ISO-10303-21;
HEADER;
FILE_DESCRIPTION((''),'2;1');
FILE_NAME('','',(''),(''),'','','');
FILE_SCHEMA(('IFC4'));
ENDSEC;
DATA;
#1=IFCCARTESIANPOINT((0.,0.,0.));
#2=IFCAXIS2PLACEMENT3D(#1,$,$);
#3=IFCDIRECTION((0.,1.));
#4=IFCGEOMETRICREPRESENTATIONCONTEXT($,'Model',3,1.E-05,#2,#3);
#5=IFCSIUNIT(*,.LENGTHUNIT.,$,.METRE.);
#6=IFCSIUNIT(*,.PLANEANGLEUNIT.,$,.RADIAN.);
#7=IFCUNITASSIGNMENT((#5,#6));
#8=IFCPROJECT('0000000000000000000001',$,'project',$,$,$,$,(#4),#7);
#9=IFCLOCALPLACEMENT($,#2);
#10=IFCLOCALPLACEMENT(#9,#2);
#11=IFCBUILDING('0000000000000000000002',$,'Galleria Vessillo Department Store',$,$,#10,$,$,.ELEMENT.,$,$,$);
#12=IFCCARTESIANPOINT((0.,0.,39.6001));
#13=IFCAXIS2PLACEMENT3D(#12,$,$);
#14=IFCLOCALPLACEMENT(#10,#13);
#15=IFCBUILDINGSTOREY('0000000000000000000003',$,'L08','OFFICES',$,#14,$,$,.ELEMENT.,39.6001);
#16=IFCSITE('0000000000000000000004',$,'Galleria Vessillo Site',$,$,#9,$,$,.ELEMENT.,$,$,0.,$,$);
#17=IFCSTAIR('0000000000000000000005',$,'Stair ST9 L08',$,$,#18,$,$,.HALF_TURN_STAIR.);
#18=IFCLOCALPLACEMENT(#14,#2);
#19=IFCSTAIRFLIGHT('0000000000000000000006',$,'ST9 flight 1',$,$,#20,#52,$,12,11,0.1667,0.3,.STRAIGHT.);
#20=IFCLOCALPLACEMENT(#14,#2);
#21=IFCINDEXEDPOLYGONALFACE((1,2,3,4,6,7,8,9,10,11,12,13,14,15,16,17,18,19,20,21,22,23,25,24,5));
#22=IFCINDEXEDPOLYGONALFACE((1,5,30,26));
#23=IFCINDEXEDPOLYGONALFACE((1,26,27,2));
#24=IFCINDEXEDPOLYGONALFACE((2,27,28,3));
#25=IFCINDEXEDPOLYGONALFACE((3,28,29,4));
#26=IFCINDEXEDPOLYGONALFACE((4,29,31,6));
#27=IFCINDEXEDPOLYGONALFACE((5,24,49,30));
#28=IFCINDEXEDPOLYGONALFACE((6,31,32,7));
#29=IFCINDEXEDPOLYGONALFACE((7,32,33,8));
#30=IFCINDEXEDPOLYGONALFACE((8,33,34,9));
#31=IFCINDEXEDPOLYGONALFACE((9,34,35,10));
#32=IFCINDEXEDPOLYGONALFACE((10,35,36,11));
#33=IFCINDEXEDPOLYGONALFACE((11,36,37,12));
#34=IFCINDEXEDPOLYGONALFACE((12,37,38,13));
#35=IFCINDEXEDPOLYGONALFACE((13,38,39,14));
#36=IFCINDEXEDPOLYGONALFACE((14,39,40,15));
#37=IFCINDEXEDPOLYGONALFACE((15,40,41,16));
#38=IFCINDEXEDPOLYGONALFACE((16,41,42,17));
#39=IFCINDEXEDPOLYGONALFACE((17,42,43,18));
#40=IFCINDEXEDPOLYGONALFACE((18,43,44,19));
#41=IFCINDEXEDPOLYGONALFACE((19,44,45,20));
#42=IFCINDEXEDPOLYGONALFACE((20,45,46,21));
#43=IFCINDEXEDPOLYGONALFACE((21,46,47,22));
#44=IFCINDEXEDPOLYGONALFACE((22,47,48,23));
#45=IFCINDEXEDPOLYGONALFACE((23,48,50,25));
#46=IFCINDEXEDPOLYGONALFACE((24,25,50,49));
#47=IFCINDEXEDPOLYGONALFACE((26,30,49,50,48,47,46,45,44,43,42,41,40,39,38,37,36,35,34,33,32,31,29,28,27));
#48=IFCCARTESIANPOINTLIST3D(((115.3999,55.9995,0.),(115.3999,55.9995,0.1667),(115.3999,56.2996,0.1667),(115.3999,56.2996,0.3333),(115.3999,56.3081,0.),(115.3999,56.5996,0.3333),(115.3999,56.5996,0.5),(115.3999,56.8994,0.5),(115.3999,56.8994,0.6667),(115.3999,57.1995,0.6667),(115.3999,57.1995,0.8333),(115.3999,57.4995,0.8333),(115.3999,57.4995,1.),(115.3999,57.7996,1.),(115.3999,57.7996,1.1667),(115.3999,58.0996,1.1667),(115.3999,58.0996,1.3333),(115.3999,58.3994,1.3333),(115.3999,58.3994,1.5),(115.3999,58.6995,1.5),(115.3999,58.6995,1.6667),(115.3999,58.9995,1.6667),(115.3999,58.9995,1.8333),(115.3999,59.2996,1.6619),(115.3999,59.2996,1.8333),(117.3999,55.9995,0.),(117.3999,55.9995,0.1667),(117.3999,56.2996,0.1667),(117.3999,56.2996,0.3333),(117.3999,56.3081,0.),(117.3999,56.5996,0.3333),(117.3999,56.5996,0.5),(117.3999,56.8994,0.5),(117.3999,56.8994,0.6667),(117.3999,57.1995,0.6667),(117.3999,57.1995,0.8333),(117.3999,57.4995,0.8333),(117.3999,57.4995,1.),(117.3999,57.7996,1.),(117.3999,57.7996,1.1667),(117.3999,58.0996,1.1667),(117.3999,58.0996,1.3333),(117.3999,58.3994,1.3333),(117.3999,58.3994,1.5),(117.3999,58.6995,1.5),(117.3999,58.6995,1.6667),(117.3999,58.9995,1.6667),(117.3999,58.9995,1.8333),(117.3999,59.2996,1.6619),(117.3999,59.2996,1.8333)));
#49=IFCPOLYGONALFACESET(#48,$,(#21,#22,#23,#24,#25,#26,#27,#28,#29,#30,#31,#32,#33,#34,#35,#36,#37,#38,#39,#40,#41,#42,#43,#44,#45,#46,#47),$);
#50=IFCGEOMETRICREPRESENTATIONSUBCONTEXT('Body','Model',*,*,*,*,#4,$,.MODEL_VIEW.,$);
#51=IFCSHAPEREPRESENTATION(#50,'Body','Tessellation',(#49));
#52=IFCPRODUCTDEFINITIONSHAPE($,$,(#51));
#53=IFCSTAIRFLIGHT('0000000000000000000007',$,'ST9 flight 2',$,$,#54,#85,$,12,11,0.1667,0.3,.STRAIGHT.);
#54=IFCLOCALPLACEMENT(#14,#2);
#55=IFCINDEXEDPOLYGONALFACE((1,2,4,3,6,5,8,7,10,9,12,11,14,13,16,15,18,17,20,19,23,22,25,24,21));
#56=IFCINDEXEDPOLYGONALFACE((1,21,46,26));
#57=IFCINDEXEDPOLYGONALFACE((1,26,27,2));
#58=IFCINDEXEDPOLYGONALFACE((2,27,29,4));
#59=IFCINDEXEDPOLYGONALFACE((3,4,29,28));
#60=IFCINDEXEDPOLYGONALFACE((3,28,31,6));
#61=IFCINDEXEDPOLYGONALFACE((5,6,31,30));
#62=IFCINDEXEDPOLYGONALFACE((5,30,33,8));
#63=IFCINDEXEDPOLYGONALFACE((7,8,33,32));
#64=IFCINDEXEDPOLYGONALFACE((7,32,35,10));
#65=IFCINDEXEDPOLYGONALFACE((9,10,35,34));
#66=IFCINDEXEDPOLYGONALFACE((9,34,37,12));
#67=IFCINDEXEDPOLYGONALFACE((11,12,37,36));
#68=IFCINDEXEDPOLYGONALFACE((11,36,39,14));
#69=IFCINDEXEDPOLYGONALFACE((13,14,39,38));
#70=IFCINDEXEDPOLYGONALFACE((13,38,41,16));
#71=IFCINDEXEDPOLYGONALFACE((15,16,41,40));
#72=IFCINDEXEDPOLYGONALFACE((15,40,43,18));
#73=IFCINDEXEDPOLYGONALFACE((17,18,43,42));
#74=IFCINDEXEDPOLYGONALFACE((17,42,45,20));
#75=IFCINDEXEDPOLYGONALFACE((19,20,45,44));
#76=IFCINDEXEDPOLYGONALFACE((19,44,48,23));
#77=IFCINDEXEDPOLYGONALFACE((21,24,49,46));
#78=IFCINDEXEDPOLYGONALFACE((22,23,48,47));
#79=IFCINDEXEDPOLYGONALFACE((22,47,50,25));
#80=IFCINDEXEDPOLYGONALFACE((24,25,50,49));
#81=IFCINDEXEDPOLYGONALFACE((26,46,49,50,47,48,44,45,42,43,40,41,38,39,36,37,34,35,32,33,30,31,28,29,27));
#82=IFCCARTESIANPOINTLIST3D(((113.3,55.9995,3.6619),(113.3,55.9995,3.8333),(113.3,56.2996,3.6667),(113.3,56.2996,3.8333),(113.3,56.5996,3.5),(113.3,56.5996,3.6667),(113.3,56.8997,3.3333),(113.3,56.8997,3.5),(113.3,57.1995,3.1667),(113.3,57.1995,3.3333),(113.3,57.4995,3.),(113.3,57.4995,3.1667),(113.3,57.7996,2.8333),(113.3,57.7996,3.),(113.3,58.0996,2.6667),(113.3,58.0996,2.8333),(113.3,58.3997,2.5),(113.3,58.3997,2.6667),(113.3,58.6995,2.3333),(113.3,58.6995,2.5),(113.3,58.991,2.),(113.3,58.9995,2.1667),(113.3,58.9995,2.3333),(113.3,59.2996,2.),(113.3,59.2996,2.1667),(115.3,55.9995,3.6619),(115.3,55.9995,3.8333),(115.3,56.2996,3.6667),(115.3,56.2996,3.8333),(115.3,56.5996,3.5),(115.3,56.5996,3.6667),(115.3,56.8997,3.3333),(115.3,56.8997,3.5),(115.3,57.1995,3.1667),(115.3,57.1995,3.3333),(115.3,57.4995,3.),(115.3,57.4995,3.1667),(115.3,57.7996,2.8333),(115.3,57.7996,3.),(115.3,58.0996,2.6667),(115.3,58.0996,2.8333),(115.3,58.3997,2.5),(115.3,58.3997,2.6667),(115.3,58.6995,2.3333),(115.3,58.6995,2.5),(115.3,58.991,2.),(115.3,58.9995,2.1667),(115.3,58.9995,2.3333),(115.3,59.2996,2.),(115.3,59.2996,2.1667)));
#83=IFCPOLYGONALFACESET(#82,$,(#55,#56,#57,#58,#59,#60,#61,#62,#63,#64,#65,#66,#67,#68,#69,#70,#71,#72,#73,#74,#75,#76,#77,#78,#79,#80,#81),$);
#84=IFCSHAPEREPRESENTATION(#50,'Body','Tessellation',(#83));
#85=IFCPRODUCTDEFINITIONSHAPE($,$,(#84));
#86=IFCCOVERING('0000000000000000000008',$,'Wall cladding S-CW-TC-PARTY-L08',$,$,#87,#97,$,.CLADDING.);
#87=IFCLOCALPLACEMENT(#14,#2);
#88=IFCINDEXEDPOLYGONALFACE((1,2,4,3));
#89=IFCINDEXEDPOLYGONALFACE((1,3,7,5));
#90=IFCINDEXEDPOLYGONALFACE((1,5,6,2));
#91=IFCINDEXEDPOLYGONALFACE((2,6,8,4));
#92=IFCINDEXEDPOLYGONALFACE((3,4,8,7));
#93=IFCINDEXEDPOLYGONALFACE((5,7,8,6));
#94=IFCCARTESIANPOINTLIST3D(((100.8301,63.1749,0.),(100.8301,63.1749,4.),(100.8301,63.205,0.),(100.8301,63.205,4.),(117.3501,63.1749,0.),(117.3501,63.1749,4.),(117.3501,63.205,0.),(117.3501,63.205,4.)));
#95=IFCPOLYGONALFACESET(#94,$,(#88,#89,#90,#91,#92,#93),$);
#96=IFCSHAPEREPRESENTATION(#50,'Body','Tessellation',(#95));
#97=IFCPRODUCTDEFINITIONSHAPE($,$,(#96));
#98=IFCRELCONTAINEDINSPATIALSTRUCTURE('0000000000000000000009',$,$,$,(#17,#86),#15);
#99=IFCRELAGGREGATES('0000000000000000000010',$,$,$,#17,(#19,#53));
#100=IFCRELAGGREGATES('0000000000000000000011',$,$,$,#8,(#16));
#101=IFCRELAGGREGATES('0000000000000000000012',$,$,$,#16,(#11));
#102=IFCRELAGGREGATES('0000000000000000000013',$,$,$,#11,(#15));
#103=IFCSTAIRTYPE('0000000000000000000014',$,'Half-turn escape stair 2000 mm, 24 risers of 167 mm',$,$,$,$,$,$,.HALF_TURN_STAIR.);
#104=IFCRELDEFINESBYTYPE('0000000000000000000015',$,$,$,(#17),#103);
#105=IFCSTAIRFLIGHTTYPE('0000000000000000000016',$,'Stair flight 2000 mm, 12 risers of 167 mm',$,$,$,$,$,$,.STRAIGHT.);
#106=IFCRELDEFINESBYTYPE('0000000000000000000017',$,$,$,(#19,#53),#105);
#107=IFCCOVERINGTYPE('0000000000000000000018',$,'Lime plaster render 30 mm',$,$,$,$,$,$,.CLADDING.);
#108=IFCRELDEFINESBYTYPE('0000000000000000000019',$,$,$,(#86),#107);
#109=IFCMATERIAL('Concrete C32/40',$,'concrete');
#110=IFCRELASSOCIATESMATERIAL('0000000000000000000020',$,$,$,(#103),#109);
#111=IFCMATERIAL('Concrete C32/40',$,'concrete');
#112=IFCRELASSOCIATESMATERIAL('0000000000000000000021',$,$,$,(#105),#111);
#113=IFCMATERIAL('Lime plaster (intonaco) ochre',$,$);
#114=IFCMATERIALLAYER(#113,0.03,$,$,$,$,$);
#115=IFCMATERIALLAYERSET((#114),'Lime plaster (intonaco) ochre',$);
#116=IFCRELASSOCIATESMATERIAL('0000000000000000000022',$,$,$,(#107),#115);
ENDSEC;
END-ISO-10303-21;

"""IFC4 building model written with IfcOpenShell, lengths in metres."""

from ifc_helpers import new_model, si_unit, direction, frame, origin, origin_2d, place, context, subcontext, project, spatial, polyline, rectangle, outline, extrude, material, layer, layer_set, type_object, element, aggregate, save


model = new_model("IFC4")

# Units and contexts
model_context = context("Model", 3, precision=1e-05, world=origin(), true_north=direction((0.0, 1.0)))
body_context = subcontext(model_context, "Body", "Model", "MODEL_VIEW")
ifc_project = project(units=[si_unit("LENGTHUNIT", "METRE"), si_unit("PLANEANGLEUNIT", "RADIAN")], contexts=[model_context])

# Site, building, storey
site_placement = place(None, origin())
site = spatial("IfcSite", under=ifc_project, at=site_placement, Name="Galleria Vessillo Site", CompositionType="ELEMENT", RefElevation=0.0)
building_placement = place(site_placement, origin())
building = spatial("IfcBuilding", under=site, at=building_placement, Name="Galleria Vessillo Department Store", CompositionType="ELEMENT")
storey_placement = place(building_placement, frame((0.0, 0.0, 39.6001)))
storey = spatial("IfcBuildingStorey", under=building, at=storey_placement, Name="L08", Description="OFFICES", CompositionType="ELEMENT", Elevation=39.6001)

# Stair, stair flights
ifc_material_1 = material(Name="Concrete C32/40", Category="concrete")
stair_type = type_object("IfcStairType", Name="Half-turn escape stair 2000 mm, 24 risers of 167 mm", PredefinedType="HALF_TURN_STAIR", material=ifc_material_1)
stair_placement = place(storey_placement, origin())
stair = element("IfcStair", 1, at=stair_placement, inside=storey, type_object=stair_type, Name="Stair ST9 L08", PredefinedType="HALF_TURN_STAIR")
ifc_material_2 = material(Name="Concrete C32/40", Category="concrete")
stair_flight_type = type_object("IfcStairFlightType", Name="Stair flight 2000 mm, 12 risers of 167 mm", PredefinedType="STRAIGHT", material=ifc_material_2)
stair_flight_1_placement = place(storey_placement, frame((116.3999, 55.9995, 0.0), z_axis=(0.0, 0.0, 1.0), x_axis=(0.0, 1.0, 0.0)))
stair_flight_1 = element("IfcStairFlight", 2, at=stair_flight_1_placement, type_object=stair_flight_type, Name="ST9 flight 1", NumberOfRisers=12, NumberOfTreads=11, PredefinedType="STRAIGHT", RiserHeight=0.1667, TreadLength=0.3, context=body_context, shape_type="SweptSolid", body=[
    extrude(outline(polyline([(0.0, 0.0), (0.0, 0.1667), (0.3, 0.1667), (0.3, 0.3333), (0.6001, 0.3333), (0.6001, 0.5), (0.8999, 0.5), (0.8999, 0.6667), (1.2, 0.6667), (1.2, 0.8333), (1.5, 0.8333), (1.5, 1.0), (1.8, 1.0), (1.8, 1.1667), (2.1001, 1.1667), (2.1001, 1.3333), (2.3999, 1.3333), (2.3999, 1.5), (2.7, 1.5), (2.7, 1.6667), (3.0, 1.6667), (3.0, 1.8333), (3.3, 1.8333), (3.3, 2.0), (3.3, 1.6619), (0.3086, 0.0), (0.0, 0.0)])), frame((0.0, 1.0, 0.0), z_axis=(0.0, -1.0, 0.0), x_axis=(1.0, 0.0, 0.0)), (0.0, 0.0, 1.0), 2.0),
])
stair_flight_2_placement = place(storey_placement, frame((114.3, 59.2996, 2.0), z_axis=(0.0, 0.0, 1.0), x_axis=(0.0, -1.0, 0.0)))
stair_flight_2 = element("IfcStairFlight", 3, at=stair_flight_2_placement, type_object=stair_flight_type, Name="ST9 flight 2", NumberOfRisers=12, NumberOfTreads=11, PredefinedType="STRAIGHT", RiserHeight=0.1667, TreadLength=0.3, context=body_context, shape_type="SweptSolid", body=[
    extrude(outline(polyline([(0.0, 0.0), (0.0, 0.1667), (0.3, 0.1667), (0.3, 0.3333), (0.6001, 0.3333), (0.6001, 0.5), (0.8999, 0.5), (0.8999, 0.6667), (1.2, 0.6667), (1.2, 0.8333), (1.5, 0.8333), (1.5, 1.0), (1.8, 1.0), (1.8, 1.1667), (2.1001, 1.1667), (2.1001, 1.3333), (2.3999, 1.3333), (2.3999, 1.5), (2.7, 1.5), (2.7, 1.6667), (3.0, 1.6667), (3.0, 1.8333), (3.3, 1.8333), (3.3, 2.0), (3.3, 1.6619), (0.3086, 0.0), (0.0, 0.0)])), frame((0.0, 1.0, 0.0), z_axis=(0.0, -1.0, 0.0), x_axis=(1.0, 0.0, 0.0)), (0.0, 0.0, 1.0), 2.0),
])
aggregate(stair, [stair_flight_1, stair_flight_2])

# Covering
ifc_material_3 = material(Name="Lime plaster (intonaco) ochre")
ifc_layer_1 = layer(ifc_material_3, 0.03)
ifc_layer_set_1 = layer_set([ifc_layer_1], Name="Lime plaster (intonaco) ochre")
covering_type = type_object("IfcCoveringType", Name="Lime plaster render 30 mm", PredefinedType="CLADDING", material=ifc_layer_set_1)
covering_placement = place(storey_placement, frame((109.0901, 63.1899, 0.0), z_axis=(0.0, 0.0, 1.0), x_axis=(1.0, 0.0, 0.0)))
element("IfcCovering", 4, at=covering_placement, inside=storey, type_object=covering_type, Name="Wall cladding S-CW-TC-PARTY-L08", PredefinedType="CLADDING", context=body_context, shape_type="SweptSolid", body=[
    extrude(rectangle(XDim=16.52, YDim=0.03, at=origin_2d()), origin(), (0.0, 0.0, 1.0), 4.0),
])

save(model, "model.ifc")
